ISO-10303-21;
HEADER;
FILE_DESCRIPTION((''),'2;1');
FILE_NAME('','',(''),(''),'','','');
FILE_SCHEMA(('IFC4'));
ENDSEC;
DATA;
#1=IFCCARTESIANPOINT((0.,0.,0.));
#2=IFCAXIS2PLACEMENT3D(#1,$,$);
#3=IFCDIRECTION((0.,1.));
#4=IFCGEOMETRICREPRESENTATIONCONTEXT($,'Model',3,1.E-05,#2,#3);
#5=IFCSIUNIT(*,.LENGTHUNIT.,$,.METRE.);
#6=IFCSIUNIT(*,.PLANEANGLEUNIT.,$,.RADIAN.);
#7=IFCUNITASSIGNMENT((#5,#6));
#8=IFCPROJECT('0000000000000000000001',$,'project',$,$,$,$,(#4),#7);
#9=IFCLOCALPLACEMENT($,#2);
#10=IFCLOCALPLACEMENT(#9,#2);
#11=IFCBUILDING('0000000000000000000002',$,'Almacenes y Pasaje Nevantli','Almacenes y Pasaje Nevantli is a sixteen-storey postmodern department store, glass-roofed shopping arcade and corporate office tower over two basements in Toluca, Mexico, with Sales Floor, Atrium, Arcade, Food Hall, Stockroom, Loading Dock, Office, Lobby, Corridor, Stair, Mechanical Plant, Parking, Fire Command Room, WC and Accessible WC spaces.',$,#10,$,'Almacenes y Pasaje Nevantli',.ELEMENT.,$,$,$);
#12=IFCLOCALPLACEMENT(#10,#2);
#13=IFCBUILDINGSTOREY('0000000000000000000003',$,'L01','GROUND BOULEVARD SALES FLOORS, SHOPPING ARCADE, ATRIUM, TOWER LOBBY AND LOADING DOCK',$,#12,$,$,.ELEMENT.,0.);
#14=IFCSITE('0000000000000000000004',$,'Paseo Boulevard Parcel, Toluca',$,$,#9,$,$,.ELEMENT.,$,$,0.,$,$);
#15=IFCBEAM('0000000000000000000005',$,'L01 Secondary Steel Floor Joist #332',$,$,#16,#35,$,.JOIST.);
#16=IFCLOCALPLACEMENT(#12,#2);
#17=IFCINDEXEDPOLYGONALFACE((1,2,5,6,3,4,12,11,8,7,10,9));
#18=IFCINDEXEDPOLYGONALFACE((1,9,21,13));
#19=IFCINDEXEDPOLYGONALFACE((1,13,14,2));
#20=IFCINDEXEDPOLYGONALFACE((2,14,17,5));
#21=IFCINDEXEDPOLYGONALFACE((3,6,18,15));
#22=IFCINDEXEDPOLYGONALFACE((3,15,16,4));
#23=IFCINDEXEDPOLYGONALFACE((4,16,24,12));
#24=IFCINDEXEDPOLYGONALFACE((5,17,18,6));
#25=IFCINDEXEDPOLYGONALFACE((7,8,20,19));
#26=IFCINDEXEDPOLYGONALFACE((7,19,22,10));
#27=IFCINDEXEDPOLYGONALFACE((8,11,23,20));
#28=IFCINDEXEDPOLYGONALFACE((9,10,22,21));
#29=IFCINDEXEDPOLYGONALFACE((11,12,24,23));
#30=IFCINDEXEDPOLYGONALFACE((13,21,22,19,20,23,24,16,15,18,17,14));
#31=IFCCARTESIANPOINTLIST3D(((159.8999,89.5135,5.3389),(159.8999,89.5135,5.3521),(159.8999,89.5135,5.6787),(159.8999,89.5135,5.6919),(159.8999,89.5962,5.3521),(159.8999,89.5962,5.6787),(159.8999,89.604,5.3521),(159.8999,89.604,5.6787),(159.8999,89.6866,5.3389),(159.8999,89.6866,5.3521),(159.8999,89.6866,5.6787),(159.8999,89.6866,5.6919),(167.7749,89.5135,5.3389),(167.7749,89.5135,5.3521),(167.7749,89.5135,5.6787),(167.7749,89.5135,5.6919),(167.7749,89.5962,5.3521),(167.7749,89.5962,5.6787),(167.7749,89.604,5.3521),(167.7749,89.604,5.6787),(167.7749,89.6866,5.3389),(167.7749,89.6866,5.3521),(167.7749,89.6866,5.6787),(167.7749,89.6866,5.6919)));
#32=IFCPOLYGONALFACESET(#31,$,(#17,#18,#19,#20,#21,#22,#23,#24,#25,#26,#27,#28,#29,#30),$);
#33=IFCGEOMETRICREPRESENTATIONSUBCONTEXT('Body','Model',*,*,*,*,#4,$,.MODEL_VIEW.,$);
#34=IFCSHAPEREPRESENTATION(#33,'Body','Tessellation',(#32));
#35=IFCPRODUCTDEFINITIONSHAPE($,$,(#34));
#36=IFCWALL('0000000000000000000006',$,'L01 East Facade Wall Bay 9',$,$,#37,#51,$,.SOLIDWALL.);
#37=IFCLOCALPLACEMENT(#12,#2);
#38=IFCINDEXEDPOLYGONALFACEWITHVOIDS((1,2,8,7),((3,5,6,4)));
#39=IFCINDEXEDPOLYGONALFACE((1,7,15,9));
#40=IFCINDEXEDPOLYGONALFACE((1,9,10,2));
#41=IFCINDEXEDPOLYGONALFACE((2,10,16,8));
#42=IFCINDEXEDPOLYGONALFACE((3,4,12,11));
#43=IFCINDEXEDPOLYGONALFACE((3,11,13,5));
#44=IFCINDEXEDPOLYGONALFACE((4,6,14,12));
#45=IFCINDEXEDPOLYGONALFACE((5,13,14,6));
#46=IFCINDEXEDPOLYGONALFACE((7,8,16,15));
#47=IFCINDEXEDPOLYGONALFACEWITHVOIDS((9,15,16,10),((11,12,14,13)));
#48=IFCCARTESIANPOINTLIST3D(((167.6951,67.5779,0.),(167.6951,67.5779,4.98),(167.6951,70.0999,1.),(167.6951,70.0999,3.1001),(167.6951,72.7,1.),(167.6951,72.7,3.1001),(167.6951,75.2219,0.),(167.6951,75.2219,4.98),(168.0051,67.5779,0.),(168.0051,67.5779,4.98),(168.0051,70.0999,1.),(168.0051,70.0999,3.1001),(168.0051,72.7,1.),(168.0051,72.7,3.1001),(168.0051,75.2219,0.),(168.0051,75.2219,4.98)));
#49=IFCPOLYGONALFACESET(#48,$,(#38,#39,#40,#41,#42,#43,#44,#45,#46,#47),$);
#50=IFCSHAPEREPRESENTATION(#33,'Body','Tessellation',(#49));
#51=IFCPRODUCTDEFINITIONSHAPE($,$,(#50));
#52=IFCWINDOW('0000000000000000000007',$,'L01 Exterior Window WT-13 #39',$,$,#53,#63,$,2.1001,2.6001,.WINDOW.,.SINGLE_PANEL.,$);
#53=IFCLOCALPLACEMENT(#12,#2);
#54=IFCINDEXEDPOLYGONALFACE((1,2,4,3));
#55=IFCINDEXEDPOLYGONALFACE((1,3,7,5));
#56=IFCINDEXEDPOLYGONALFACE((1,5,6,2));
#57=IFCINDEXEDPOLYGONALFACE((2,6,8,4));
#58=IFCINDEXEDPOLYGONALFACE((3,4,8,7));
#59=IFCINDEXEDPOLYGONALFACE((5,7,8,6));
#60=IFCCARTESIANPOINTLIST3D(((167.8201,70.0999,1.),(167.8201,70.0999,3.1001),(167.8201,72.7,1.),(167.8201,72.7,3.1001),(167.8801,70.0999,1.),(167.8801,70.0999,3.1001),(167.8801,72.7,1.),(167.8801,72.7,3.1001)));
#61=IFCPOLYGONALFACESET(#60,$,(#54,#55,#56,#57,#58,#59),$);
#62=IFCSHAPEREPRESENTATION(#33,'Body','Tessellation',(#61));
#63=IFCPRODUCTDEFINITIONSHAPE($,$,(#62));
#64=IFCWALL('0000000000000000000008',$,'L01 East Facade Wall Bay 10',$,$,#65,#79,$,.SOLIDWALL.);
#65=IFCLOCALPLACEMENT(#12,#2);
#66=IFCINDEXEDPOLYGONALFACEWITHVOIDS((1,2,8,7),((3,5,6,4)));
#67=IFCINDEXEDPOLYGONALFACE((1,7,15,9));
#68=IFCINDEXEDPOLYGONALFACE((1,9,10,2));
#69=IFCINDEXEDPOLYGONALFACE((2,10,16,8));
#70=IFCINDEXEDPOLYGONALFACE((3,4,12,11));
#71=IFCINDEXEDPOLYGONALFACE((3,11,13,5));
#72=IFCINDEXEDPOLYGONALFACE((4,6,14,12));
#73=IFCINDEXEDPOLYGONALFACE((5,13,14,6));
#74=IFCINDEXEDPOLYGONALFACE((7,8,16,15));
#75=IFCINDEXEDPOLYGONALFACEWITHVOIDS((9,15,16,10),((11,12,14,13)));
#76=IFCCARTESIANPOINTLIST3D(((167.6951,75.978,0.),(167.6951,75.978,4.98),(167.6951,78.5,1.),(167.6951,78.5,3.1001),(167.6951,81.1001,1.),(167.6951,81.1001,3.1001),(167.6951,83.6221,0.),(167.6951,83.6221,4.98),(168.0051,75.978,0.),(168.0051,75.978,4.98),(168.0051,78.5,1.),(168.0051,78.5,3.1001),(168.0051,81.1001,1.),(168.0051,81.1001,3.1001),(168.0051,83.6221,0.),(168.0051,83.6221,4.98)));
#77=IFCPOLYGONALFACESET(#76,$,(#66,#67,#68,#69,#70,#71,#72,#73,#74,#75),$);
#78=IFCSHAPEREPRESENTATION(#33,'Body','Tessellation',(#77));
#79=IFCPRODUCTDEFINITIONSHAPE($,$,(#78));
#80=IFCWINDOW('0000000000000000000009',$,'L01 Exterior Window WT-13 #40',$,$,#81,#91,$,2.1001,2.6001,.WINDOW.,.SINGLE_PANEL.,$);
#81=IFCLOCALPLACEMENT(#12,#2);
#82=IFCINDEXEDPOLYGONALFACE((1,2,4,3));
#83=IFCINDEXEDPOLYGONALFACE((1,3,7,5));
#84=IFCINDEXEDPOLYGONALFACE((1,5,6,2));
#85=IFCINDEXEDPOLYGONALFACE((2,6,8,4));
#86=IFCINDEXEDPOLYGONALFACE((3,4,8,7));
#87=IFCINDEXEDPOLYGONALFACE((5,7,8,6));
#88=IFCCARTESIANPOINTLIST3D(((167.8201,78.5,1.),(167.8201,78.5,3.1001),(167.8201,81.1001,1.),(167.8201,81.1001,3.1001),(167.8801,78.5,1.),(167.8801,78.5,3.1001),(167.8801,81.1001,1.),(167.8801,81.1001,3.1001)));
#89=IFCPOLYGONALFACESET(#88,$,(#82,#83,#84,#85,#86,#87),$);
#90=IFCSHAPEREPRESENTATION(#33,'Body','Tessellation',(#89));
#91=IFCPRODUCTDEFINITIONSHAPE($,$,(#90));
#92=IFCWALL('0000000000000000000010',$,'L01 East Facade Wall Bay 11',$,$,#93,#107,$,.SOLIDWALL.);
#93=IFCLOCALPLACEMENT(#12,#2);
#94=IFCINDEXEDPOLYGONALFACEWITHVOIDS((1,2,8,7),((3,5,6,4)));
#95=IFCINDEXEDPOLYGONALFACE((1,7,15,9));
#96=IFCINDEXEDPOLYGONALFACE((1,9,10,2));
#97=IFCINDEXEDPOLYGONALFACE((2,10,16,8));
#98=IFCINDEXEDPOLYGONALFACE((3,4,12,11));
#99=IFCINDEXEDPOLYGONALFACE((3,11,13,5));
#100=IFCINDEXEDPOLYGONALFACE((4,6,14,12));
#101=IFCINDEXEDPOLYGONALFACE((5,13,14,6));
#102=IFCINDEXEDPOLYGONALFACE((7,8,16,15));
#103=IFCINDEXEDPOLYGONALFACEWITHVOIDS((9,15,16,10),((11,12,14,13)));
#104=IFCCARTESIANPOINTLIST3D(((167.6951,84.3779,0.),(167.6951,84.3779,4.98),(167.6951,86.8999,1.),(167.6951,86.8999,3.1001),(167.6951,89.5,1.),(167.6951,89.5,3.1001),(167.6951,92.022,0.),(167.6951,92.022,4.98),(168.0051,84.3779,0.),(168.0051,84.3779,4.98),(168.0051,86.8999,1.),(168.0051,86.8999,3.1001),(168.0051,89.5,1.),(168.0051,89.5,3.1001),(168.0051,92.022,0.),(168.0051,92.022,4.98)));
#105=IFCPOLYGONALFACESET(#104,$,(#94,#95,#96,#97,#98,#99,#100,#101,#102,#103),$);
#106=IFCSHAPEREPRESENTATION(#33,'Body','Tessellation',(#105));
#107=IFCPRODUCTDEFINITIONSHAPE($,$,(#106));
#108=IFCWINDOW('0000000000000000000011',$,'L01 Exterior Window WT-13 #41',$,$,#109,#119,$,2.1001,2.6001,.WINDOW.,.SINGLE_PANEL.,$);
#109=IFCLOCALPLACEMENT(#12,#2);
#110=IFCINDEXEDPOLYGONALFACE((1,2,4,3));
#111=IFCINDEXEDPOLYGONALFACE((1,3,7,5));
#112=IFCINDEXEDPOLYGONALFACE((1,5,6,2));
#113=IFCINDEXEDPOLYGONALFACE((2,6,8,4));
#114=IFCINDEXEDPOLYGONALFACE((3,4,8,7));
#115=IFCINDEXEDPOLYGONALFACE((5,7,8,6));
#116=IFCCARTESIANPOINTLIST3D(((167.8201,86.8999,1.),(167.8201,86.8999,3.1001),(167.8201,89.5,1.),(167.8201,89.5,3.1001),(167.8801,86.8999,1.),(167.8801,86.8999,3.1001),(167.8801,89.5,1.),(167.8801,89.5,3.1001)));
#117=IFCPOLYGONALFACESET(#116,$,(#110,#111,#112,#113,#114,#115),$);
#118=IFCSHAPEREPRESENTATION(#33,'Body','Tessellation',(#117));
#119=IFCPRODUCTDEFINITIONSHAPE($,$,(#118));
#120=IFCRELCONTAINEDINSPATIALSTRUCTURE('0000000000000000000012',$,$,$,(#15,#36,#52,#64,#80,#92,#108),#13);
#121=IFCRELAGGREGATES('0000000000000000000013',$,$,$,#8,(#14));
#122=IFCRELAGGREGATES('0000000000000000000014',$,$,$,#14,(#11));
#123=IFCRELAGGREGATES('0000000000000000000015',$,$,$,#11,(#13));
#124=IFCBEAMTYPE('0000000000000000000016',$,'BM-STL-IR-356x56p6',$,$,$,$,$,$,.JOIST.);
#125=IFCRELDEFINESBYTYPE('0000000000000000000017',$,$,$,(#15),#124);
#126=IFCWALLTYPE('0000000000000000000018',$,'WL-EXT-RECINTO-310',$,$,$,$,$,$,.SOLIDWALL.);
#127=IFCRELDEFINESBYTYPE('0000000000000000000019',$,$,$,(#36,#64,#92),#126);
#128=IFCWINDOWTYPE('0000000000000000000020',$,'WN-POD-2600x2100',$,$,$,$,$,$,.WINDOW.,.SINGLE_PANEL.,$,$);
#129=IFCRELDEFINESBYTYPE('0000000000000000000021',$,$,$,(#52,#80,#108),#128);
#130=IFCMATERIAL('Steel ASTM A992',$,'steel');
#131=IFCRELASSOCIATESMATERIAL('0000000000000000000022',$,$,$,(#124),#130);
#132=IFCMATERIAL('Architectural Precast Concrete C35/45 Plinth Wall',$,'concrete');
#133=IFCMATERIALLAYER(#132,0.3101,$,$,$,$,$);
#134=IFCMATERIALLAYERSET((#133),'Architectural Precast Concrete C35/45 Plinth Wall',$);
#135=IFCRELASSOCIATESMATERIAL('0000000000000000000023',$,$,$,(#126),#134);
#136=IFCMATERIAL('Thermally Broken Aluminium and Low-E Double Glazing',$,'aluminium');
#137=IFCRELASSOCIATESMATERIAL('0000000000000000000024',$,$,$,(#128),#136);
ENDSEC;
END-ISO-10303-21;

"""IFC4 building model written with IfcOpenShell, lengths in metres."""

from ifc_helpers import new_model, si_unit, direction, frame, frame_2d, origin, origin_2d, place, context, subcontext, project, spatial, rectangle, i_section, extrude, material, layer, layer_set, material_profile, profile_set, type_object, element, fill, save


model = new_model("IFC4")

# Units and contexts
model_context = context("Model", 3, precision=1e-05, world=origin(), true_north=direction((0.0, 1.0)))
body_context = subcontext(model_context, "Body", "Model", "MODEL_VIEW")
ifc_project = project(units=[si_unit("LENGTHUNIT", "METRE"), si_unit("PLANEANGLEUNIT", "RADIAN")], contexts=[model_context])

# Site, building, storey
site_placement = place(None, origin())
site = spatial("IfcSite", under=ifc_project, at=site_placement, Name="Paseo Boulevard Parcel, Toluca", CompositionType="ELEMENT", RefElevation=0.0)
building_placement = place(site_placement, origin())
building = spatial("IfcBuilding", under=site, at=building_placement, Name="Almacenes y Pasaje Nevantli", Description="Almacenes y Pasaje Nevantli is a sixteen-storey postmodern department store, glass-roofed shopping arcade and corporate office tower over two basements in Toluca, Mexico, with Sales Floor, Atrium, Arcade, Food Hall, Stockroom, Loading Dock, Office, Lobby, Corridor, Stair, Mechanical Plant, Parking, Fire Command Room, WC and Accessible WC spaces.", LongName="Almacenes y Pasaje Nevantli", CompositionType="ELEMENT")
storey_placement = place(building_placement, origin())
storey = spatial("IfcBuildingStorey", under=building, at=storey_placement, Name="L01", Description="GROUND BOULEVARD SALES FLOORS, SHOPPING ARCADE, ATRIUM, TOWER LOBBY AND LOADING DOCK", CompositionType="ELEMENT", Elevation=0.0)

# Beam
ifc_material_1 = material(Name="Steel ASTM A992", Category="steel")
ifc_material_profile_1 = material_profile(ifc_material_1, i_section(OverallWidth=0.1731, OverallDepth=0.353, WebThickness=0.0078, FlangeThickness=0.0132, at=origin_2d()), Name="IR 356x56.6")
ifc_profile_set_1 = profile_set([ifc_material_profile_1], Name="Steel ASTM A992")
beam_type_1 = type_object("IfcBeamType", Name="BM-STL-IR-356x56p6", PredefinedType="JOIST", material=ifc_profile_set_1)
for number, where, z_axis, x_axis, name in (
    (1, (159.8999, 89.6001, 5.5154), (1.0, 0.0, 0.0), (0.0, 1.0, 0.0), "L01 Secondary Steel Floor Joist #332"),
):
    element("IfcBeam", number, at=place(storey_placement, frame(where, z_axis=z_axis, x_axis=x_axis)), inside=storey, type_object=beam_type_1, Name=name, PredefinedType="JOIST", context=body_context, shape_type="SweptSolid", body=[
        extrude(i_section(OverallWidth=0.1731, OverallDepth=0.353, WebThickness=0.0078, FlangeThickness=0.0132, at=origin_2d()), origin(), (0.0, 0.0, 1.0), 7.875),
    ])

# Walls, openings, windows
ifc_material_2 = material(Name="Architectural Precast Concrete C35/45 Plinth Wall", Category="concrete")
ifc_layer = layer(ifc_material_2, 0.3101)
ifc_layer_set = layer_set([ifc_layer], Name="Architectural Precast Concrete C35/45 Plinth Wall")
wall_type = type_object("IfcWallType", Name="WL-EXT-RECINTO-310", PredefinedType="SOLIDWALL", material=ifc_layer_set)
wall_1_placement = place(storey_placement, frame((167.8501, 67.5779, 0.0), z_axis=(0.0, 0.0, 1.0), x_axis=(0.0, 1.0, 0.0)))
wall_1 = element("IfcWall", 2, at=wall_1_placement, inside=storey, type_object=wall_type, Name="L01 East Facade Wall Bay 9", PredefinedType="SOLIDWALL", context=body_context, shape_type="SweptSolid", body=[
    extrude(rectangle(XDim=7.644, YDim=0.3101, at=frame_2d((3.822, 0.0))), origin(), (0.0, 0.0, 1.0), 4.98),
])
opening_1_placement = place(wall_1_placement, frame((2.522, 0.0, 1.0)))
opening_1 = element("IfcOpeningElement", 3, at=opening_1_placement, cuts=wall_1, PredefinedType="OPENING", context=body_context, shape_type="SweptSolid", body=[
    extrude(rectangle(XDim=2.6001, YDim=2.1001, at=frame_2d((1.3, 1.05))), frame((0.0, 0.165, 0.0), z_axis=(0.0, -1.0, 0.0), x_axis=(1.0, 0.0, 0.0)), (0.0, 0.0, 1.0), 0.3301),
])
ifc_material_3 = material(Name="Thermally Broken Aluminium and Low-E Double Glazing", Category="aluminium")
window_type = type_object("IfcWindowType", Name="WN-POD-2600x2100", PartitioningType="SINGLE_PANEL", PredefinedType="WINDOW", material=ifc_material_3)
window_1_placement = place(opening_1_placement, origin())
window_1 = element("IfcWindow", 4, at=window_1_placement, inside=storey, type_object=window_type, Name="L01 Exterior Window WT-13 #39", OverallHeight=2.1001, OverallWidth=2.6001, PartitioningType="SINGLE_PANEL", PredefinedType="WINDOW", context=body_context, shape_type="SweptSolid", body=[
    extrude(rectangle(XDim=2.6001, YDim=2.1001, at=frame_2d((1.3, 1.05))), frame((0.0, 0.03, 0.0), z_axis=(0.0, -1.0, 0.0), x_axis=(1.0, 0.0, 0.0)), (0.0, 0.0, 1.0), 0.0601),
])
fill(opening_1, window_1)
wall_2_placement = place(storey_placement, frame((167.8501, 75.978, 0.0), z_axis=(0.0, 0.0, 1.0), x_axis=(0.0, 1.0, 0.0)))
wall_2 = element("IfcWall", 5, at=wall_2_placement, inside=storey, type_object=wall_type, Name="L01 East Facade Wall Bay 10", PredefinedType="SOLIDWALL", context=body_context, shape_type="SweptSolid", body=[
    extrude(rectangle(XDim=7.644, YDim=0.3101, at=frame_2d((3.822, 0.0))), origin(), (0.0, 0.0, 1.0), 4.98),
])
opening_2_placement = place(wall_2_placement, frame((2.522, 0.0, 1.0)))
opening_2 = element("IfcOpeningElement", 6, at=opening_2_placement, cuts=wall_2, PredefinedType="OPENING", context=body_context, shape_type="SweptSolid", body=[
    extrude(rectangle(XDim=2.6001, YDim=2.1001, at=frame_2d((1.3, 1.05))), frame((0.0, 0.165, 0.0), z_axis=(0.0, -1.0, 0.0), x_axis=(1.0, 0.0, 0.0)), (0.0, 0.0, 1.0), 0.3301),
])
window_2_placement = place(opening_2_placement, origin())
window_2 = element("IfcWindow", 7, at=window_2_placement, inside=storey, type_object=window_type, Name="L01 Exterior Window WT-13 #40", OverallHeight=2.1001, OverallWidth=2.6001, PartitioningType="SINGLE_PANEL", PredefinedType="WINDOW", context=body_context, shape_type="SweptSolid", body=[
    extrude(rectangle(XDim=2.6001, YDim=2.1001, at=frame_2d((1.3, 1.05))), frame((0.0, 0.03, 0.0), z_axis=(0.0, -1.0, 0.0), x_axis=(1.0, 0.0, 0.0)), (0.0, 0.0, 1.0), 0.0601),
])
fill(opening_2, window_2)
wall_3_placement = place(storey_placement, frame((167.8501, 84.3779, 0.0), z_axis=(0.0, 0.0, 1.0), x_axis=(0.0, 1.0, 0.0)))
wall_3 = element("IfcWall", 8, at=wall_3_placement, inside=storey, type_object=wall_type, Name="L01 East Facade Wall Bay 11", PredefinedType="SOLIDWALL", context=body_context, shape_type="SweptSolid", body=[
    extrude(rectangle(XDim=7.644, YDim=0.3101, at=frame_2d((3.822, 0.0))), origin(), (0.0, 0.0, 1.0), 4.98),
])
opening_3_placement = place(wall_3_placement, frame((2.522, 0.0, 1.0)))
opening_3 = element("IfcOpeningElement", 9, at=opening_3_placement, cuts=wall_3, PredefinedType="OPENING", context=body_context, shape_type="SweptSolid", body=[
    extrude(rectangle(XDim=2.6001, YDim=2.1001, at=frame_2d((1.3, 1.05))), frame((0.0, 0.165, 0.0), z_axis=(0.0, -1.0, 0.0), x_axis=(1.0, 0.0, 0.0)), (0.0, 0.0, 1.0), 0.3301),
])
window_3_placement = place(opening_3_placement, origin())
window_3 = element("IfcWindow", 10, at=window_3_placement, inside=storey, type_object=window_type, Name="L01 Exterior Window WT-13 #41", OverallHeight=2.1001, OverallWidth=2.6001, PartitioningType="SINGLE_PANEL", PredefinedType="WINDOW", context=body_context, shape_type="SweptSolid", body=[
    extrude(rectangle(XDim=2.6001, YDim=2.1001, at=frame_2d((1.3, 1.05))), frame((0.0, 0.03, 0.0), z_axis=(0.0, -1.0, 0.0), x_axis=(1.0, 0.0, 0.0)), (0.0, 0.0, 1.0), 0.0601),
])
fill(opening_3, window_3)

save(model, "model.ifc")
